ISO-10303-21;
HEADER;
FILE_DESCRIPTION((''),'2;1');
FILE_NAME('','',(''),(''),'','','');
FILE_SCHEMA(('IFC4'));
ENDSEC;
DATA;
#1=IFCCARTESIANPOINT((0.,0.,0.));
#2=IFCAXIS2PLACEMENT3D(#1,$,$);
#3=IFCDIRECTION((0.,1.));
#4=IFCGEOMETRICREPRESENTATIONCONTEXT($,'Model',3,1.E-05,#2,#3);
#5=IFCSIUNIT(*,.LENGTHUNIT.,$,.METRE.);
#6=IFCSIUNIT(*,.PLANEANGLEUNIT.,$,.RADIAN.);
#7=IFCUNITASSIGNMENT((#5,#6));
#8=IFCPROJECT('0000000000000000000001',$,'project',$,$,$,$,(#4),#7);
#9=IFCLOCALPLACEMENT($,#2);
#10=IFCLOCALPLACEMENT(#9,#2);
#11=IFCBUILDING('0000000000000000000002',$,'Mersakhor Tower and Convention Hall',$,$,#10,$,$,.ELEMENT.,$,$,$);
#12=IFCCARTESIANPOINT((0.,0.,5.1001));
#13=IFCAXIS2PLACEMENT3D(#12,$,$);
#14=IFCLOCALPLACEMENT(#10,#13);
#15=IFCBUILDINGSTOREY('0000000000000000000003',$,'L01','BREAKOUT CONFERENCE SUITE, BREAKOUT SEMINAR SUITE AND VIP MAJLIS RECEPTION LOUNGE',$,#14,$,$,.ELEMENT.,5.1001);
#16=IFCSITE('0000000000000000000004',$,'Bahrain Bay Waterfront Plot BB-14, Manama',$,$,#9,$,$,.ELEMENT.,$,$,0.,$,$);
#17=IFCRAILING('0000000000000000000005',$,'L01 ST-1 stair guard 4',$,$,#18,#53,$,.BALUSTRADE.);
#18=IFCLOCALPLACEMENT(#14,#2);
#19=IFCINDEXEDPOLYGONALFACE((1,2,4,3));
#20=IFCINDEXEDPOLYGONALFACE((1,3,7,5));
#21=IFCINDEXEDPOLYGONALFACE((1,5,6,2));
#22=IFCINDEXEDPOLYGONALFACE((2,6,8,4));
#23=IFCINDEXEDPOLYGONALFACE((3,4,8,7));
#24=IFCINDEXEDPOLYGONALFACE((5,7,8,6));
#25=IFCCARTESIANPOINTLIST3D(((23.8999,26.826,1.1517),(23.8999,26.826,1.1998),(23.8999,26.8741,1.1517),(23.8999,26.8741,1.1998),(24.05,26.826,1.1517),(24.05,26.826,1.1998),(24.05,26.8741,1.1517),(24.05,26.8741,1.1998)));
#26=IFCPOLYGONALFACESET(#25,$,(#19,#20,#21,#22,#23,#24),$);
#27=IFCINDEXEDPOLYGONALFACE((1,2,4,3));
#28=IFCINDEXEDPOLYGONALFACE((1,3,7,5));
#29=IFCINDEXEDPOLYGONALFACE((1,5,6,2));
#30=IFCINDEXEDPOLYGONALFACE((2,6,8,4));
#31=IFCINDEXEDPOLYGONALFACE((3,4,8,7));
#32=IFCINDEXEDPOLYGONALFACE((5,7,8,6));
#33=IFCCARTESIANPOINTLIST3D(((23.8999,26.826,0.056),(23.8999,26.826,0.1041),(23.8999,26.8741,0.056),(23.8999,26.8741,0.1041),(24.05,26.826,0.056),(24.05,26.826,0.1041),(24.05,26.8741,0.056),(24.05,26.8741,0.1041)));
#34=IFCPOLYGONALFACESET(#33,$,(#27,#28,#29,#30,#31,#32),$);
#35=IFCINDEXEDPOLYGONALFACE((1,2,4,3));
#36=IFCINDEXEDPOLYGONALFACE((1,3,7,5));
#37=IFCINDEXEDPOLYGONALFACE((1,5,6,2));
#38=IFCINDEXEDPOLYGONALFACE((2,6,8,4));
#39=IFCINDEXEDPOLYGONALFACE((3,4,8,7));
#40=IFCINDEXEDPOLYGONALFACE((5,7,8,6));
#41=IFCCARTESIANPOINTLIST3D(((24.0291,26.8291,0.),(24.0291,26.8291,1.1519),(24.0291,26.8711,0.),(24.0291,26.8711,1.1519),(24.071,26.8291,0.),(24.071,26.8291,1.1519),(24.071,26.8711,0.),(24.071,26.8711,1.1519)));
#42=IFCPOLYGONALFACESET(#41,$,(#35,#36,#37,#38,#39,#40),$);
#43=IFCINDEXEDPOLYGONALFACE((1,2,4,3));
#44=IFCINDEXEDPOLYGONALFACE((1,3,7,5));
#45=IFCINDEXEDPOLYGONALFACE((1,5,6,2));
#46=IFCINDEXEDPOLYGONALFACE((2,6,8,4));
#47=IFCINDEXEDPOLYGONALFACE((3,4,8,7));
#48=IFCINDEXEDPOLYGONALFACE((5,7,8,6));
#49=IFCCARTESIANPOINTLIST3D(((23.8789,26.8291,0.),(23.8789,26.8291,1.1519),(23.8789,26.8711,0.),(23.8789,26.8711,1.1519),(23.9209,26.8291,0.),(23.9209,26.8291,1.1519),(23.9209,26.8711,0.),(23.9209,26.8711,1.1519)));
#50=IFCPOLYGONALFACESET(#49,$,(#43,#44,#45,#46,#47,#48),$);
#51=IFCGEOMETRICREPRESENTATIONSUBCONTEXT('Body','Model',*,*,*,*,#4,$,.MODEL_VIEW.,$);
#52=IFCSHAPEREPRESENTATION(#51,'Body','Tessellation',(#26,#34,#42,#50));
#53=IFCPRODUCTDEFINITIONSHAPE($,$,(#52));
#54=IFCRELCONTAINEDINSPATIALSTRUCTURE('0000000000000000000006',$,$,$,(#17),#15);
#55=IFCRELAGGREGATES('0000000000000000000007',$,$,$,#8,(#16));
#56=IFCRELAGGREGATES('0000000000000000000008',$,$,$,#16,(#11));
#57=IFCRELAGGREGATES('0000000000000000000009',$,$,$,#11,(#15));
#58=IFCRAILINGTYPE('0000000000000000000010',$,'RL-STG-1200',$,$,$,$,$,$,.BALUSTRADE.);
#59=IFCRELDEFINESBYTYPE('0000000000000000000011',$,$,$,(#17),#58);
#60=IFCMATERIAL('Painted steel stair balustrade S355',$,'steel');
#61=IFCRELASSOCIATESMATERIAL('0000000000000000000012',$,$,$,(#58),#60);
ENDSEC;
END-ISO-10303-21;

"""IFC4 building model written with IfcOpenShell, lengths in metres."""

from ifc_helpers import new_model, si_unit, direction, frame, origin, origin_2d, place, context, subcontext, project, spatial, rectangle, extrude, material, type_object, element, save


model = new_model("IFC4")

# Units and contexts
model_context = context("Model", 3, precision=1e-05, world=origin(), true_north=direction((0.0, 1.0)))
body_context = subcontext(model_context, "Body", "Model", "MODEL_VIEW")
ifc_project = project(units=[si_unit("LENGTHUNIT", "METRE"), si_unit("PLANEANGLEUNIT", "RADIAN")], contexts=[model_context])

# Site, building, storey
site_placement = place(None, origin())
site = spatial("IfcSite", under=ifc_project, at=site_placement, Name="Bahrain Bay Waterfront Plot BB-14, Manama", CompositionType="ELEMENT", RefElevation=0.0)
building_placement = place(site_placement, origin())
building = spatial("IfcBuilding", under=site, at=building_placement, Name="Mersakhor Tower and Convention Hall", CompositionType="ELEMENT")
storey_placement = place(building_placement, frame((0.0, 0.0, 5.1001)))
storey = spatial("IfcBuildingStorey", under=building, at=storey_placement, Name="L01", Description="BREAKOUT CONFERENCE SUITE, BREAKOUT SEMINAR SUITE AND VIP MAJLIS RECEPTION LOUNGE", CompositionType="ELEMENT", Elevation=5.1001)

# Railing
ifc_material_1 = material(Name="Painted steel stair balustrade S355", Category="steel")
railing_type_1 = type_object("IfcRailingType", Name="RL-STG-1200", PredefinedType="BALUSTRADE", material=ifc_material_1)
for number, where, name in (
    (1, (24.05, 26.8501, 0.0), "L01 ST-1 stair guard 4"),
):
    element("IfcRailing", number, at=place(storey_placement, frame(where)), inside=storey, type_object=railing_type_1, Name=name, PredefinedType="BALUSTRADE", context=body_context, shape_type="SweptSolid", body=[
        extrude(rectangle(XDim=0.0481, YDim=0.0481, at=origin_2d()), frame((0.0, 0.0, 1.1758), z_axis=(-1.0, 0.0, 0.0), x_axis=(0.0, -1.0, 0.0)), (0.0, 0.0, 1.0), 0.1501),
        extrude(rectangle(XDim=0.0481, YDim=0.0481, at=origin_2d()), frame((0.0, 0.0, 0.0801), z_axis=(-1.0, 0.0, 0.0), x_axis=(0.0, -1.0, 0.0)), (0.0, 0.0, 1.0), 0.1501),
        extrude(rectangle(XDim=0.042, YDim=0.042, at=origin_2d()), origin(), (0.0, 0.0, 1.0), 1.1519),
        extrude(rectangle(XDim=0.042, YDim=0.042, at=origin_2d()), frame((-0.1501, 0.0, 0.0)), (0.0, 0.0, 1.0), 1.1519),
    ])

save(model, "model.ifc")
